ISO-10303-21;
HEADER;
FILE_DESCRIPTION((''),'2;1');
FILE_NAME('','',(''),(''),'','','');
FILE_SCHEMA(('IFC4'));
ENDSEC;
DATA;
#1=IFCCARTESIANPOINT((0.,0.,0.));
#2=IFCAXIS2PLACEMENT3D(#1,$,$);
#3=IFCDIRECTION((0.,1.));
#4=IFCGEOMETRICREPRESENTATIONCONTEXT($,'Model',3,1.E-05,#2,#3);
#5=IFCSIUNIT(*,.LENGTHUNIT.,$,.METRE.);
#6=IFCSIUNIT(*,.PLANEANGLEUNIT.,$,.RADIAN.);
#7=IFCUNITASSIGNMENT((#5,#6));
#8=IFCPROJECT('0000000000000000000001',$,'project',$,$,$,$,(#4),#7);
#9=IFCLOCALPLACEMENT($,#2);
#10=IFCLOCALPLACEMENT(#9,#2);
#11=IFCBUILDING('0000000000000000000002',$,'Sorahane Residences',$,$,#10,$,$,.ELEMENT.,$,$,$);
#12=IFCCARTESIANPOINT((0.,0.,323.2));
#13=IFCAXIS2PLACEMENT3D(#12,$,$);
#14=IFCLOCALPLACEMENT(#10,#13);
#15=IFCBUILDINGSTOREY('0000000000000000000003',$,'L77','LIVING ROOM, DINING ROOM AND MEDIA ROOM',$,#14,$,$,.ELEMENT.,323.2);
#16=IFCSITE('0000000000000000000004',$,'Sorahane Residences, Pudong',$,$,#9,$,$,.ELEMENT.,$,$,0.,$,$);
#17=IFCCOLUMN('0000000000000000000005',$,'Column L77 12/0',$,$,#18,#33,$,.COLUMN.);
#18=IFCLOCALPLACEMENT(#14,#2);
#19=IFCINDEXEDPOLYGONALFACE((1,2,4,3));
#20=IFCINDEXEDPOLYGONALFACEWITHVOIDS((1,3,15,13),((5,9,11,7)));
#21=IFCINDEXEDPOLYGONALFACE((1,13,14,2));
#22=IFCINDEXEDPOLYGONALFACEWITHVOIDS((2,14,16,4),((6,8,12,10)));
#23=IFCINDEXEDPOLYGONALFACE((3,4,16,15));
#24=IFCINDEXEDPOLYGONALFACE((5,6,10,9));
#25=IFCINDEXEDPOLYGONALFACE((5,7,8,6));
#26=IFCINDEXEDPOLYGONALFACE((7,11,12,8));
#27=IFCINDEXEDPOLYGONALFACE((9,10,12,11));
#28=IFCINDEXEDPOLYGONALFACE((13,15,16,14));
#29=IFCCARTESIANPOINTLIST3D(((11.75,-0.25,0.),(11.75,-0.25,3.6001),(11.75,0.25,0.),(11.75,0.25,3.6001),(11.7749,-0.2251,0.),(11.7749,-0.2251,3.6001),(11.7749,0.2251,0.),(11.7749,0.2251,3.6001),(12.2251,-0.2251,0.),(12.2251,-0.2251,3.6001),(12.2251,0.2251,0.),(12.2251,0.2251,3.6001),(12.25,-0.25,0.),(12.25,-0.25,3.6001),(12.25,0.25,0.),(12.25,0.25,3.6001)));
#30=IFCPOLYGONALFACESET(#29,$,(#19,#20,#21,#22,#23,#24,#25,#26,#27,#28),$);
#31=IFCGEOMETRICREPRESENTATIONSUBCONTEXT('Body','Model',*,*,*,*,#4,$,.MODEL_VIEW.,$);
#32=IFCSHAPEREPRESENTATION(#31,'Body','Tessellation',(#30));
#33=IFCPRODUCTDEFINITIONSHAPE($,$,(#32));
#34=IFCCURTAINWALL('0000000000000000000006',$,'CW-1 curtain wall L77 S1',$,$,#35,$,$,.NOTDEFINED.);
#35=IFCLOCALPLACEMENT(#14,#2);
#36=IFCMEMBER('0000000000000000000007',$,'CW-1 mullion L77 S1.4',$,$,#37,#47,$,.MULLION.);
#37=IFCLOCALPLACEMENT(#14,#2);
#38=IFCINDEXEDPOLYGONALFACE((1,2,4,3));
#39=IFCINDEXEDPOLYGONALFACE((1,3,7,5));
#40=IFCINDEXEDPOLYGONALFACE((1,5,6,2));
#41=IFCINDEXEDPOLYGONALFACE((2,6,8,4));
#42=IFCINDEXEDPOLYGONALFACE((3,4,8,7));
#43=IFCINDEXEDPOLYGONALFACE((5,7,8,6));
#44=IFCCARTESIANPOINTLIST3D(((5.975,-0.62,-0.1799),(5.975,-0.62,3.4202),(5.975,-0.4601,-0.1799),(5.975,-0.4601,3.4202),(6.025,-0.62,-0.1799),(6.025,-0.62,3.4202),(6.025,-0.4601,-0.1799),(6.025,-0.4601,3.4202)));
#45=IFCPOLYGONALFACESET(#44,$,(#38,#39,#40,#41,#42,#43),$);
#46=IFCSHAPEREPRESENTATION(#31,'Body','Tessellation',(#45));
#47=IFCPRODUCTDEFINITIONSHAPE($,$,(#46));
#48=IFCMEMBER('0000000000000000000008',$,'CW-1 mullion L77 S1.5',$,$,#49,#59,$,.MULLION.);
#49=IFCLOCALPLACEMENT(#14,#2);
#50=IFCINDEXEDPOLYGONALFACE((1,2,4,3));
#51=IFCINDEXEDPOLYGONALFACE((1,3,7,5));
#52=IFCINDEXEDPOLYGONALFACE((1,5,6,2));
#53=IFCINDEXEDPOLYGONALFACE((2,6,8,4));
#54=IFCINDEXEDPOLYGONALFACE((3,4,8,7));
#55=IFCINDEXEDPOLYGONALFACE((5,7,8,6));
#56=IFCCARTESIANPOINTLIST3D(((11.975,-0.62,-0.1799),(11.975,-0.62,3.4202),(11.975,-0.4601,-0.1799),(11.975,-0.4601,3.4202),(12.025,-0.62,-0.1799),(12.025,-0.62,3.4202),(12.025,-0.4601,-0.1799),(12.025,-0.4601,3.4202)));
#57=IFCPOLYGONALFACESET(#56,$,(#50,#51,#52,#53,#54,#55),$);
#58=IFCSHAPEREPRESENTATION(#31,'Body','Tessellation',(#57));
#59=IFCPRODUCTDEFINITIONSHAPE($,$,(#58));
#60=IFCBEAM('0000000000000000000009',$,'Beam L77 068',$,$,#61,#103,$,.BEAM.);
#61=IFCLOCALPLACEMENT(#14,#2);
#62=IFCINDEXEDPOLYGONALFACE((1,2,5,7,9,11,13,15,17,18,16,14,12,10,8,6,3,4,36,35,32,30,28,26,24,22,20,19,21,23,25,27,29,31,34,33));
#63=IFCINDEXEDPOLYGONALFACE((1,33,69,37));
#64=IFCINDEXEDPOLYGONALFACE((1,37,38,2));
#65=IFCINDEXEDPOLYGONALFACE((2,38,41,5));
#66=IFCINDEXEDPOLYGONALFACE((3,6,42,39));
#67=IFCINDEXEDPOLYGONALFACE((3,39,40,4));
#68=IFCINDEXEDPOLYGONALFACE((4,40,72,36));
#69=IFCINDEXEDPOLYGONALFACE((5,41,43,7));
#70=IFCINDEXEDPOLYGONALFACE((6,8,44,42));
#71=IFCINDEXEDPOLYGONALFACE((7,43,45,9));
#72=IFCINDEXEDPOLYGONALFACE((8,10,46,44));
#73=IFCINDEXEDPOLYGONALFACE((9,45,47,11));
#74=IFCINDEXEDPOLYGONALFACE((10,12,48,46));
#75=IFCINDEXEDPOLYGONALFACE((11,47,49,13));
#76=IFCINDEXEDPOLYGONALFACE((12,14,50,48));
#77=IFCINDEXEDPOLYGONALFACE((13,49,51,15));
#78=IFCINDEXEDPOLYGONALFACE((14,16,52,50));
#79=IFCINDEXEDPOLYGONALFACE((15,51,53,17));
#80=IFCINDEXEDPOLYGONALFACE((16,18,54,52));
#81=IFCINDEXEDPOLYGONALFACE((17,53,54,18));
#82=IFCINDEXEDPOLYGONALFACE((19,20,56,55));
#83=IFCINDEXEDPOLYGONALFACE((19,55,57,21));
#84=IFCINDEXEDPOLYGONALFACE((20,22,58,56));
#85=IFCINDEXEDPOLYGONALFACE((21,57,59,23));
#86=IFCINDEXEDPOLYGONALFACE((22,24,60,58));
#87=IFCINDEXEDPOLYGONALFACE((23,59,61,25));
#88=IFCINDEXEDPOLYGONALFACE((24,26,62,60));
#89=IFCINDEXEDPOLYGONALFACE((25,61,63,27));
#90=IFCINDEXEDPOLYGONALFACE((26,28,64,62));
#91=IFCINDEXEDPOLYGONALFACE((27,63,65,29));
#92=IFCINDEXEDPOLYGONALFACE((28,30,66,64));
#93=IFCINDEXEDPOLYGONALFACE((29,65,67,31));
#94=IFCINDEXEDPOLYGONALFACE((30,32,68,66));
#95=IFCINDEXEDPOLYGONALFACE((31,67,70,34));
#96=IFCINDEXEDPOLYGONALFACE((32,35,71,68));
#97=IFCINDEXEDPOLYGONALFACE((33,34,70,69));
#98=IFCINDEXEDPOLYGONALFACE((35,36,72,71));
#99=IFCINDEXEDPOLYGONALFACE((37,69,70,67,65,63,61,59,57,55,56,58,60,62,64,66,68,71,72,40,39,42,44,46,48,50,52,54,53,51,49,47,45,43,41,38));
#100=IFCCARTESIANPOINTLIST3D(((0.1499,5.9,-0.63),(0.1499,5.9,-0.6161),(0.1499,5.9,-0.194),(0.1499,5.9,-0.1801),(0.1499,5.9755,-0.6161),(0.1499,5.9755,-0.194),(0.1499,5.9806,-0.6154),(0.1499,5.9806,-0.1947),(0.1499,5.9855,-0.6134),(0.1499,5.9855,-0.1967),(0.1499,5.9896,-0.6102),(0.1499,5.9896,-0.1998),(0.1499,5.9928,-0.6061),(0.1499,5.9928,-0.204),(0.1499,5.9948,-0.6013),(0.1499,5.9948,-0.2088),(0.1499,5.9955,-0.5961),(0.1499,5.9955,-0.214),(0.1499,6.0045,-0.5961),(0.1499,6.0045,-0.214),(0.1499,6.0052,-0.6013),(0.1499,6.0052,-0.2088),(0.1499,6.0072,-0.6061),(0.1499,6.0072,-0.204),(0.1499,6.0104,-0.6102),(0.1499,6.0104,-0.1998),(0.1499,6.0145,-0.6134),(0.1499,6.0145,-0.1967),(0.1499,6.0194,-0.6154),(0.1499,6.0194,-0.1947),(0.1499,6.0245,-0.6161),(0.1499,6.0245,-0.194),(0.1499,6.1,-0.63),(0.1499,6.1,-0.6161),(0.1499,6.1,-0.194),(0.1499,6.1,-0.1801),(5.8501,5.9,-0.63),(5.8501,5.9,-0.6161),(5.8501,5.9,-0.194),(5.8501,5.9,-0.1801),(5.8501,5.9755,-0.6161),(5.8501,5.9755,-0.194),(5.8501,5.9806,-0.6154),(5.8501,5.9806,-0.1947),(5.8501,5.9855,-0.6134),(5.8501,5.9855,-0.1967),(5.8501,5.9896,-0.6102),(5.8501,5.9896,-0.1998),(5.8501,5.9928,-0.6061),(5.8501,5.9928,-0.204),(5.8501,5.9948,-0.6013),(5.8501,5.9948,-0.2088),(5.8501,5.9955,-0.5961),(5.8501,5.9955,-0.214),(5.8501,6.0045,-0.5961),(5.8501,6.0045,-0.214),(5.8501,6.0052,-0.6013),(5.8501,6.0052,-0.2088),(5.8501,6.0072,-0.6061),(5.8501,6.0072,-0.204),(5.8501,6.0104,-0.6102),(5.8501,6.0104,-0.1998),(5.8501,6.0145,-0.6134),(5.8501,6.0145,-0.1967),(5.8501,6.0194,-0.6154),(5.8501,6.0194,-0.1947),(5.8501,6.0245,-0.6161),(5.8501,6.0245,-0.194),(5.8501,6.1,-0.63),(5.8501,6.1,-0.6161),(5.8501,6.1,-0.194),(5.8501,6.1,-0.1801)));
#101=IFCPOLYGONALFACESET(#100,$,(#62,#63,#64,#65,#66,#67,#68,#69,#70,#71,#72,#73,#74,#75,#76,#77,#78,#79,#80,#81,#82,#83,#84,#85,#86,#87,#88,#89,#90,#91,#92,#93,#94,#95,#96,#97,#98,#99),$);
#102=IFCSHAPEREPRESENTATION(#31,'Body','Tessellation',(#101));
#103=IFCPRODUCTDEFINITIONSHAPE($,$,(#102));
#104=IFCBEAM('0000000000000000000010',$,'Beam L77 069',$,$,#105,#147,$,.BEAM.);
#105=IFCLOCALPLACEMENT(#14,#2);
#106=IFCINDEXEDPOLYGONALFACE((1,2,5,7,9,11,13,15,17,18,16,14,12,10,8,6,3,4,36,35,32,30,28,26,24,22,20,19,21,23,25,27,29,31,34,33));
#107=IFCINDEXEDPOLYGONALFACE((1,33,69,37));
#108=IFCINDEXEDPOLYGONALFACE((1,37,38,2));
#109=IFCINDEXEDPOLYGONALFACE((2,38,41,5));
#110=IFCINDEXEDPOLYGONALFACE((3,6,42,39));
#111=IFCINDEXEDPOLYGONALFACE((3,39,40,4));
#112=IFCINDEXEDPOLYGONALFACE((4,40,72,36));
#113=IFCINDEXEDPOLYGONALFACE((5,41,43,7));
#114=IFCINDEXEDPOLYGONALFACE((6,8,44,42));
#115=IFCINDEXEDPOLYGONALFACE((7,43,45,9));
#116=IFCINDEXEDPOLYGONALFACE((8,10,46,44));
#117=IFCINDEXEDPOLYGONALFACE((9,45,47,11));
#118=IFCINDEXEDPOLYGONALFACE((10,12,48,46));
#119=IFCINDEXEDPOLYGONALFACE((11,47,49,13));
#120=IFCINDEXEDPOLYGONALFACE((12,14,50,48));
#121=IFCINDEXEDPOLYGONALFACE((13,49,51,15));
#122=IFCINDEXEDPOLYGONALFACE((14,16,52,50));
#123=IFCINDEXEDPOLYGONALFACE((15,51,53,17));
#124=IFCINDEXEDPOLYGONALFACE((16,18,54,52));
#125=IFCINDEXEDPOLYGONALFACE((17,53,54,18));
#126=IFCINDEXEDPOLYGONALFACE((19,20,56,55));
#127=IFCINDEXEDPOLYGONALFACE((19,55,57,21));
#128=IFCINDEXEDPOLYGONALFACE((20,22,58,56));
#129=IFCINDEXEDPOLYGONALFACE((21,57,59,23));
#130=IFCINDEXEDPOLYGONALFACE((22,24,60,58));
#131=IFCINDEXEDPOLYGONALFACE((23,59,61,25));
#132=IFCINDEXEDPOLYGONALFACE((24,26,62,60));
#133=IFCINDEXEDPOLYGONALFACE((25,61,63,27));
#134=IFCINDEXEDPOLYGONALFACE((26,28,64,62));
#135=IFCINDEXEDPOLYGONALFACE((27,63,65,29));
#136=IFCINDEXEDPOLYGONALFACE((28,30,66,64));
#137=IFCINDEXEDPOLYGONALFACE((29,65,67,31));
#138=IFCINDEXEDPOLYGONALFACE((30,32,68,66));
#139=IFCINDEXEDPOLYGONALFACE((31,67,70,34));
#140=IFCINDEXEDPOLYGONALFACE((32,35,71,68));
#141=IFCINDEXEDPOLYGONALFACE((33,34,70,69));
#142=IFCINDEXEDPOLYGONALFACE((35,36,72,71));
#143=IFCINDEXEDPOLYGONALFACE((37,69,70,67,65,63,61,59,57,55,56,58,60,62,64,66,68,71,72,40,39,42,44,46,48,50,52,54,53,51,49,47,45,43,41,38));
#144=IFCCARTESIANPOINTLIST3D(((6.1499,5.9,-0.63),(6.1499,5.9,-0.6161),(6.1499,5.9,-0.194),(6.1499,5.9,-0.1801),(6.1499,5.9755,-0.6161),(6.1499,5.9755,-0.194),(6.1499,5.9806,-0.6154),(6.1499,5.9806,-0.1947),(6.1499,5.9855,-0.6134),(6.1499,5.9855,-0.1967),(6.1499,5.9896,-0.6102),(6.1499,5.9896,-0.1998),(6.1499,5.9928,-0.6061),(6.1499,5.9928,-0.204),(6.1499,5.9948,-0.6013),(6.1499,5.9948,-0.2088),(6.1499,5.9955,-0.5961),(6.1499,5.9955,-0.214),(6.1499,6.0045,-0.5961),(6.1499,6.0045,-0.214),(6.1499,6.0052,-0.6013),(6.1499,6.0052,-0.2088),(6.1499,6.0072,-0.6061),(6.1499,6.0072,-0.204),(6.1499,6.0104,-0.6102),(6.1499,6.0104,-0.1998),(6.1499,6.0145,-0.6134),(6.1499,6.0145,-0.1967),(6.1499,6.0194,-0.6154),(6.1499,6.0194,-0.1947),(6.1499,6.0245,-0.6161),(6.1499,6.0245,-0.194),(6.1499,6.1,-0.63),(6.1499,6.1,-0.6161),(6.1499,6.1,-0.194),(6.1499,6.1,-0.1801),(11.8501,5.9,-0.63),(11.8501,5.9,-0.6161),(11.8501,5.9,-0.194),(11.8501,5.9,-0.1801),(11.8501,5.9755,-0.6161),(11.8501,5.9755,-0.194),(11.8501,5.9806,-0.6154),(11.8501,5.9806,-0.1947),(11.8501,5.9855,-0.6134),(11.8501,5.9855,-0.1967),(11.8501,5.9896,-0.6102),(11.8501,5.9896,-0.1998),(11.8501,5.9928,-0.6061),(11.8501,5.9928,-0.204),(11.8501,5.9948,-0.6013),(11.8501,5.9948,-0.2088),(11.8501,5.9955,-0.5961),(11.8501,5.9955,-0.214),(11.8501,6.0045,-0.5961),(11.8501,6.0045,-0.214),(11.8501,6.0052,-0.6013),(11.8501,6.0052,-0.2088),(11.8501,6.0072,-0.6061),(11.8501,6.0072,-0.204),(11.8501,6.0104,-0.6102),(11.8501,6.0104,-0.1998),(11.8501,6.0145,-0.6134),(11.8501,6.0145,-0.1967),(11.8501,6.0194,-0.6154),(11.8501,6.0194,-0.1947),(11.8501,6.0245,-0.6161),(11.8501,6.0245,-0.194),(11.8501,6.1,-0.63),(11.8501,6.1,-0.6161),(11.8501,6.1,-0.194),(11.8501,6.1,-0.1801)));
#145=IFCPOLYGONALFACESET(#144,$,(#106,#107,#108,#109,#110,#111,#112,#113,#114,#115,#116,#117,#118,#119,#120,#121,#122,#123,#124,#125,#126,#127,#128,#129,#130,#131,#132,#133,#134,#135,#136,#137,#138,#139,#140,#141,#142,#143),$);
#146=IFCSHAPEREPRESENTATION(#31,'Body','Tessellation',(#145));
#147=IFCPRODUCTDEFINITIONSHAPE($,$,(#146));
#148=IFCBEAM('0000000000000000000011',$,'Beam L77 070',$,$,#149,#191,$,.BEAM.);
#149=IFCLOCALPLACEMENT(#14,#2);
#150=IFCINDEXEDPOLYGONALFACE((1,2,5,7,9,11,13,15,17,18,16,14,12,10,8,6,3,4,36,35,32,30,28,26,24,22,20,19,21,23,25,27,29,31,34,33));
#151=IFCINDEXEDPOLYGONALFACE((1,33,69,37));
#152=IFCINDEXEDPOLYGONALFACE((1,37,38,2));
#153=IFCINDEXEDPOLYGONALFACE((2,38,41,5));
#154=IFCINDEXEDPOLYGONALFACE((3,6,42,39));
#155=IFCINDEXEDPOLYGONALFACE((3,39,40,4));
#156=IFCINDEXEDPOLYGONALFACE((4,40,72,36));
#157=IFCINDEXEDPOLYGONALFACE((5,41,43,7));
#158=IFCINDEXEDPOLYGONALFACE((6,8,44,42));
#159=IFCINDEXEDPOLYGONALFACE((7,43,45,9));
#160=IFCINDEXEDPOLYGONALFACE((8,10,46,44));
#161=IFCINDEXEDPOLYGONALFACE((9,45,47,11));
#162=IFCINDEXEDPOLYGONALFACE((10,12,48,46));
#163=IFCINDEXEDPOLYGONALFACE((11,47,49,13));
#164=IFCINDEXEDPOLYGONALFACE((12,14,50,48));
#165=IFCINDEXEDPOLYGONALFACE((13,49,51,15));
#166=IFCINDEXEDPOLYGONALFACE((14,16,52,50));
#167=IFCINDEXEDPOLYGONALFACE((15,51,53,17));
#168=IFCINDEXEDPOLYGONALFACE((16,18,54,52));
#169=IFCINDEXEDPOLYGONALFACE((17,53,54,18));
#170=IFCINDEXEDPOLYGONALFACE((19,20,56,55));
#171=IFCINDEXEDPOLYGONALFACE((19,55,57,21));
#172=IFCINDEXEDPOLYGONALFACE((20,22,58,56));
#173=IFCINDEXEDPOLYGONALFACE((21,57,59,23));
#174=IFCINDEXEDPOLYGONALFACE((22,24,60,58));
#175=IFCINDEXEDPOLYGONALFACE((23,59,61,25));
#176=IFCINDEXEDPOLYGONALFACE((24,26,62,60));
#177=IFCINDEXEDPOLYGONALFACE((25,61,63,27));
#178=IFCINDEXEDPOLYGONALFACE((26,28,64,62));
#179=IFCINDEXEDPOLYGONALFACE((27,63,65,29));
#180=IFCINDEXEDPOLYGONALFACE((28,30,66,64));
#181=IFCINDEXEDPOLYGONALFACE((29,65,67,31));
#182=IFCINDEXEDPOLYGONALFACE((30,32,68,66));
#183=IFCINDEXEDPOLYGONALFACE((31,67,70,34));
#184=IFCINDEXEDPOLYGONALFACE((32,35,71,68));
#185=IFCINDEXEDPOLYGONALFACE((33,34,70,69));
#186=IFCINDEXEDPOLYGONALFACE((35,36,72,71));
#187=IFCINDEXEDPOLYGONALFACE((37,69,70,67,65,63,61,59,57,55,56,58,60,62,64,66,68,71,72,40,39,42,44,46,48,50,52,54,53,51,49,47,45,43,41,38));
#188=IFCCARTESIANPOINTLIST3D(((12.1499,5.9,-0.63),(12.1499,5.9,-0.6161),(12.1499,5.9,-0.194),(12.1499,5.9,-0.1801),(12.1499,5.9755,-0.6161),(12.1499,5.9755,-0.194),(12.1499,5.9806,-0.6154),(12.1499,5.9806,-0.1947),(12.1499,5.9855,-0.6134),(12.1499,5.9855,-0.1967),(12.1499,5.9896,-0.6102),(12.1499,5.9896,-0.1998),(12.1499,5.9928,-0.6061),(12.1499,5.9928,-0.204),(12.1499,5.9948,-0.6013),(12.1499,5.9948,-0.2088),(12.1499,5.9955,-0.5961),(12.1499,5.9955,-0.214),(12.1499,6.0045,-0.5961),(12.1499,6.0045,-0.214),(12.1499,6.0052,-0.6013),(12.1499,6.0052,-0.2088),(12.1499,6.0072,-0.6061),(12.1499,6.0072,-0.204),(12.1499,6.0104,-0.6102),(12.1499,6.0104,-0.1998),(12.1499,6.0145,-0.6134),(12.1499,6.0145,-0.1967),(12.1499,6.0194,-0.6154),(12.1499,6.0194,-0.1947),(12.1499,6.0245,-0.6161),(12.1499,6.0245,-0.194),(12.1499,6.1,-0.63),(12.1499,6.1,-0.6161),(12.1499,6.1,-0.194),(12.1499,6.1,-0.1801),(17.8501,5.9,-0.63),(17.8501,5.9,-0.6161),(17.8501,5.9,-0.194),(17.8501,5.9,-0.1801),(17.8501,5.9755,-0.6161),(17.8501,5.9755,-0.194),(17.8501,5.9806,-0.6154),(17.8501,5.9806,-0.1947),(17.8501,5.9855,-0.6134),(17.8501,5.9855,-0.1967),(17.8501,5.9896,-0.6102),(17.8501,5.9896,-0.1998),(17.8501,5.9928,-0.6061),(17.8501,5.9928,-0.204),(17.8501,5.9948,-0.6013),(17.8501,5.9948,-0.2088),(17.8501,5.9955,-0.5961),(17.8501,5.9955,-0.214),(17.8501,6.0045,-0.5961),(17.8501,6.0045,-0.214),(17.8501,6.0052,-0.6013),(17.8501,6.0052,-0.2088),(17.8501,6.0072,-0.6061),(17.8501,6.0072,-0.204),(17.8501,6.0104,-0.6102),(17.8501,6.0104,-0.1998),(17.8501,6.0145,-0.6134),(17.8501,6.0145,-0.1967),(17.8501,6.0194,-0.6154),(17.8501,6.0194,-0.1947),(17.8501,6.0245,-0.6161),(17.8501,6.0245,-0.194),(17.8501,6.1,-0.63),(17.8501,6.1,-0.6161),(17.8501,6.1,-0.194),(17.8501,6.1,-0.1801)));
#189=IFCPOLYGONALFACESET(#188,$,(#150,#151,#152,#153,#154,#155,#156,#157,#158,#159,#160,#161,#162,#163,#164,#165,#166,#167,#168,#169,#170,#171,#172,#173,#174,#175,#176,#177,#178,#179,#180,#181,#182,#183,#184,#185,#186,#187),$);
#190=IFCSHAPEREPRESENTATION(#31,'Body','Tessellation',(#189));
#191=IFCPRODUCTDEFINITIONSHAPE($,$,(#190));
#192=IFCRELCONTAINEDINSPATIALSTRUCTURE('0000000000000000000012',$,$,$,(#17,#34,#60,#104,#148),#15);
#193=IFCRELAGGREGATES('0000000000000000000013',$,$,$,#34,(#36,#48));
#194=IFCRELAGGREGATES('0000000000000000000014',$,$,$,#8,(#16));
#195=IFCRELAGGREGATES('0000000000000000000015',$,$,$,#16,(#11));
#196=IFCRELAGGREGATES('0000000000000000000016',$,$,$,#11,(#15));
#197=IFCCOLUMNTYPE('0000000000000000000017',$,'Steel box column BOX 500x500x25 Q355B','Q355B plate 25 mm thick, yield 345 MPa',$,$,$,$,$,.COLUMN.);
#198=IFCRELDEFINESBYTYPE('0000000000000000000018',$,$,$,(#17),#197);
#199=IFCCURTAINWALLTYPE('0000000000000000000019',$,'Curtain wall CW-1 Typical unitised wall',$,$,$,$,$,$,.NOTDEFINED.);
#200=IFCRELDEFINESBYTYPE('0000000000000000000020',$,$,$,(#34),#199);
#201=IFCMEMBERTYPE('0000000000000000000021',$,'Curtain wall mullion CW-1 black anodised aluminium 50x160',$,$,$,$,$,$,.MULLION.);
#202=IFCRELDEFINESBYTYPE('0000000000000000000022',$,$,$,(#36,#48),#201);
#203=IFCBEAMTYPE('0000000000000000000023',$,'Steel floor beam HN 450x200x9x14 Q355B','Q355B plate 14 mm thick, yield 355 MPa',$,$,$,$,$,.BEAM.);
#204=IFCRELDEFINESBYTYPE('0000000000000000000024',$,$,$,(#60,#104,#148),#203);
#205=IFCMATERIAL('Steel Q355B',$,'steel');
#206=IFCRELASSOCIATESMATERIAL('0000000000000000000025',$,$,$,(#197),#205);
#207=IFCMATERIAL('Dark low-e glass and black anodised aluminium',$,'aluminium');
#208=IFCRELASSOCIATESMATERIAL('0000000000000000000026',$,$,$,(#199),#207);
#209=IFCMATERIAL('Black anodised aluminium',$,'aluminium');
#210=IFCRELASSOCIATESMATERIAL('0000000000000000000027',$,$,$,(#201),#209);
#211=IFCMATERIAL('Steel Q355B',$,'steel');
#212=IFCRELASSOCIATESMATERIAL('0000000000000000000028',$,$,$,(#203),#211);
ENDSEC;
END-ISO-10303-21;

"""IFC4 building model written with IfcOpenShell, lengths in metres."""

from ifc_helpers import new_model, si_unit, direction, frame, origin, origin_2d, place, context, subcontext, project, spatial, rectangle, hollow_rectangle, i_section, extrude, material, material_profile, profile_set, type_object, element, aggregate, save


model = new_model("IFC4")

# Units and contexts
model_context = context("Model", 3, precision=1e-05, world=origin(), true_north=direction((0.0, 1.0)))
body_context = subcontext(model_context, "Body", "Model", "MODEL_VIEW")
ifc_project = project(units=[si_unit("LENGTHUNIT", "METRE"), si_unit("PLANEANGLEUNIT", "RADIAN")], contexts=[model_context])

# Site, building, storey
site_placement = place(None, origin())
site = spatial("IfcSite", under=ifc_project, at=site_placement, Name="Sorahane Residences, Pudong", CompositionType="ELEMENT", RefElevation=0.0)
building_placement = place(site_placement, origin())
building = spatial("IfcBuilding", under=site, at=building_placement, Name="Sorahane Residences", CompositionType="ELEMENT")
storey_placement = place(building_placement, frame((0.0, 0.0, 323.2)))
storey = spatial("IfcBuildingStorey", under=building, at=storey_placement, Name="L77", Description="LIVING ROOM, DINING ROOM AND MEDIA ROOM", CompositionType="ELEMENT", Elevation=323.2)

# Column
ifc_material_1 = material(Name="Steel Q355B", Category="steel")
ifc_material_profile_1 = material_profile(ifc_material_1, hollow_rectangle(XDim=0.5, YDim=0.5, WallThickness=0.0249, at=origin_2d()), Name="BOX 500x500x25")
ifc_profile_set_1 = profile_set([ifc_material_profile_1], Name="Steel Q355B")
column_type = type_object("IfcColumnType", Name="Steel box column BOX 500x500x25 Q355B", Description="Q355B plate 25 mm thick, yield 345 MPa", PredefinedType="COLUMN", material=ifc_profile_set_1)
column_placement = place(storey_placement, frame((12.0, 0.0, 0.0), z_axis=(0.0, 0.0, 1.0), x_axis=(1.0, 0.0, 0.0)))
element("IfcColumn", 1, at=column_placement, inside=storey, type_object=column_type, Name="Column L77 12/0", PredefinedType="COLUMN", context=body_context, shape_type="SweptSolid", body=[
    extrude(hollow_rectangle(XDim=0.5, YDim=0.5, WallThickness=0.0249, at=origin_2d()), origin(), (0.0, 0.0, 1.0), 3.6001),
])

# Curtain wall, members
ifc_material_2 = material(Name="Dark low-e glass and black anodised aluminium", Category="aluminium")
curtain_wall_type = type_object("IfcCurtainWallType", Name="Curtain wall CW-1 Typical unitised wall", PredefinedType="NOTDEFINED", material=ifc_material_2)
curtain_wall_placement = place(storey_placement, origin())
curtain_wall = element("IfcCurtainWall", 2, at=curtain_wall_placement, inside=storey, type_object=curtain_wall_type, Name="CW-1 curtain wall L77 S1", PredefinedType="NOTDEFINED")
ifc_material_3 = material(Name="Black anodised aluminium", Category="aluminium")
ifc_material_profile_2 = material_profile(ifc_material_3, rectangle(XDim=0.1599, YDim=0.05, at=origin_2d()), Name="Curtain wall mullion CW-1 black anodised aluminium 50x160")
ifc_profile_set_2 = profile_set([ifc_material_profile_2], Name="Black anodised aluminium")
member_type = type_object("IfcMemberType", Name="Curtain wall mullion CW-1 black anodised aluminium 50x160", PredefinedType="MULLION", material=ifc_profile_set_2)
member_1_placement = place(storey_placement, frame((6.0, -0.54, -0.1799), z_axis=(0.0, 0.0, 1.0), x_axis=(0.0, -1.0, 0.0)))
member_1 = element("IfcMember", 3, at=member_1_placement, type_object=member_type, Name="CW-1 mullion L77 S1.4", PredefinedType="MULLION", context=body_context, shape_type="SweptSolid", body=[
    extrude(rectangle(XDim=0.1599, YDim=0.05, at=origin_2d()), origin(), (0.0, 0.0, 1.0), 3.6001),
])
member_2_placement = place(storey_placement, frame((12.0, -0.54, -0.1799), z_axis=(0.0, 0.0, 1.0), x_axis=(0.0, -1.0, 0.0)))
member_2 = element("IfcMember", 4, at=member_2_placement, type_object=member_type, Name="CW-1 mullion L77 S1.5", PredefinedType="MULLION", context=body_context, shape_type="SweptSolid", body=[
    extrude(rectangle(XDim=0.1599, YDim=0.05, at=origin_2d()), origin(), (0.0, 0.0, 1.0), 3.6001),
])

# Beams
ifc_material_4 = material(Name="Steel Q355B", Category="steel")
ifc_material_profile_3 = material_profile(ifc_material_4, i_section(OverallWidth=0.2, OverallDepth=0.45, WebThickness=0.009, FlangeThickness=0.0139, FilletRadius=0.02, at=origin_2d()), Name="HN 450x200x9x14")
ifc_profile_set_3 = profile_set([ifc_material_profile_3], Name="Steel Q355B")
beam_type_1 = type_object("IfcBeamType", Name="Steel floor beam HN 450x200x9x14 Q355B", Description="Q355B plate 14 mm thick, yield 355 MPa", PredefinedType="BEAM", material=ifc_profile_set_3)
for number, where, z_axis, x_axis, name in (
    (5, (0.1499, 6.0, -0.405), (1.0, 0.0, 0.0), (0.0, 1.0, 0.0), "Beam L77 068"),
    (6, (6.1499, 6.0, -0.405), (1.0, 0.0, 0.0), (0.0, 1.0, 0.0), "Beam L77 069"),
    (7, (12.1499, 6.0, -0.405), (1.0, 0.0, 0.0), (0.0, 1.0, 0.0), "Beam L77 070"),
):
    element("IfcBeam", number, at=place(storey_placement, frame(where, z_axis=z_axis, x_axis=x_axis)), inside=storey, type_object=beam_type_1, Name=name, PredefinedType="BEAM", context=body_context, shape_type="SweptSolid", body=[
        extrude(i_section(OverallWidth=0.2, OverallDepth=0.45, WebThickness=0.009, FlangeThickness=0.0139, FilletRadius=0.02, at=origin_2d()), origin(), (0.0, 0.0, 1.0), 5.7002),
    ])

aggregate(curtain_wall, [member_1, member_2])

save(model, "model.ifc")
